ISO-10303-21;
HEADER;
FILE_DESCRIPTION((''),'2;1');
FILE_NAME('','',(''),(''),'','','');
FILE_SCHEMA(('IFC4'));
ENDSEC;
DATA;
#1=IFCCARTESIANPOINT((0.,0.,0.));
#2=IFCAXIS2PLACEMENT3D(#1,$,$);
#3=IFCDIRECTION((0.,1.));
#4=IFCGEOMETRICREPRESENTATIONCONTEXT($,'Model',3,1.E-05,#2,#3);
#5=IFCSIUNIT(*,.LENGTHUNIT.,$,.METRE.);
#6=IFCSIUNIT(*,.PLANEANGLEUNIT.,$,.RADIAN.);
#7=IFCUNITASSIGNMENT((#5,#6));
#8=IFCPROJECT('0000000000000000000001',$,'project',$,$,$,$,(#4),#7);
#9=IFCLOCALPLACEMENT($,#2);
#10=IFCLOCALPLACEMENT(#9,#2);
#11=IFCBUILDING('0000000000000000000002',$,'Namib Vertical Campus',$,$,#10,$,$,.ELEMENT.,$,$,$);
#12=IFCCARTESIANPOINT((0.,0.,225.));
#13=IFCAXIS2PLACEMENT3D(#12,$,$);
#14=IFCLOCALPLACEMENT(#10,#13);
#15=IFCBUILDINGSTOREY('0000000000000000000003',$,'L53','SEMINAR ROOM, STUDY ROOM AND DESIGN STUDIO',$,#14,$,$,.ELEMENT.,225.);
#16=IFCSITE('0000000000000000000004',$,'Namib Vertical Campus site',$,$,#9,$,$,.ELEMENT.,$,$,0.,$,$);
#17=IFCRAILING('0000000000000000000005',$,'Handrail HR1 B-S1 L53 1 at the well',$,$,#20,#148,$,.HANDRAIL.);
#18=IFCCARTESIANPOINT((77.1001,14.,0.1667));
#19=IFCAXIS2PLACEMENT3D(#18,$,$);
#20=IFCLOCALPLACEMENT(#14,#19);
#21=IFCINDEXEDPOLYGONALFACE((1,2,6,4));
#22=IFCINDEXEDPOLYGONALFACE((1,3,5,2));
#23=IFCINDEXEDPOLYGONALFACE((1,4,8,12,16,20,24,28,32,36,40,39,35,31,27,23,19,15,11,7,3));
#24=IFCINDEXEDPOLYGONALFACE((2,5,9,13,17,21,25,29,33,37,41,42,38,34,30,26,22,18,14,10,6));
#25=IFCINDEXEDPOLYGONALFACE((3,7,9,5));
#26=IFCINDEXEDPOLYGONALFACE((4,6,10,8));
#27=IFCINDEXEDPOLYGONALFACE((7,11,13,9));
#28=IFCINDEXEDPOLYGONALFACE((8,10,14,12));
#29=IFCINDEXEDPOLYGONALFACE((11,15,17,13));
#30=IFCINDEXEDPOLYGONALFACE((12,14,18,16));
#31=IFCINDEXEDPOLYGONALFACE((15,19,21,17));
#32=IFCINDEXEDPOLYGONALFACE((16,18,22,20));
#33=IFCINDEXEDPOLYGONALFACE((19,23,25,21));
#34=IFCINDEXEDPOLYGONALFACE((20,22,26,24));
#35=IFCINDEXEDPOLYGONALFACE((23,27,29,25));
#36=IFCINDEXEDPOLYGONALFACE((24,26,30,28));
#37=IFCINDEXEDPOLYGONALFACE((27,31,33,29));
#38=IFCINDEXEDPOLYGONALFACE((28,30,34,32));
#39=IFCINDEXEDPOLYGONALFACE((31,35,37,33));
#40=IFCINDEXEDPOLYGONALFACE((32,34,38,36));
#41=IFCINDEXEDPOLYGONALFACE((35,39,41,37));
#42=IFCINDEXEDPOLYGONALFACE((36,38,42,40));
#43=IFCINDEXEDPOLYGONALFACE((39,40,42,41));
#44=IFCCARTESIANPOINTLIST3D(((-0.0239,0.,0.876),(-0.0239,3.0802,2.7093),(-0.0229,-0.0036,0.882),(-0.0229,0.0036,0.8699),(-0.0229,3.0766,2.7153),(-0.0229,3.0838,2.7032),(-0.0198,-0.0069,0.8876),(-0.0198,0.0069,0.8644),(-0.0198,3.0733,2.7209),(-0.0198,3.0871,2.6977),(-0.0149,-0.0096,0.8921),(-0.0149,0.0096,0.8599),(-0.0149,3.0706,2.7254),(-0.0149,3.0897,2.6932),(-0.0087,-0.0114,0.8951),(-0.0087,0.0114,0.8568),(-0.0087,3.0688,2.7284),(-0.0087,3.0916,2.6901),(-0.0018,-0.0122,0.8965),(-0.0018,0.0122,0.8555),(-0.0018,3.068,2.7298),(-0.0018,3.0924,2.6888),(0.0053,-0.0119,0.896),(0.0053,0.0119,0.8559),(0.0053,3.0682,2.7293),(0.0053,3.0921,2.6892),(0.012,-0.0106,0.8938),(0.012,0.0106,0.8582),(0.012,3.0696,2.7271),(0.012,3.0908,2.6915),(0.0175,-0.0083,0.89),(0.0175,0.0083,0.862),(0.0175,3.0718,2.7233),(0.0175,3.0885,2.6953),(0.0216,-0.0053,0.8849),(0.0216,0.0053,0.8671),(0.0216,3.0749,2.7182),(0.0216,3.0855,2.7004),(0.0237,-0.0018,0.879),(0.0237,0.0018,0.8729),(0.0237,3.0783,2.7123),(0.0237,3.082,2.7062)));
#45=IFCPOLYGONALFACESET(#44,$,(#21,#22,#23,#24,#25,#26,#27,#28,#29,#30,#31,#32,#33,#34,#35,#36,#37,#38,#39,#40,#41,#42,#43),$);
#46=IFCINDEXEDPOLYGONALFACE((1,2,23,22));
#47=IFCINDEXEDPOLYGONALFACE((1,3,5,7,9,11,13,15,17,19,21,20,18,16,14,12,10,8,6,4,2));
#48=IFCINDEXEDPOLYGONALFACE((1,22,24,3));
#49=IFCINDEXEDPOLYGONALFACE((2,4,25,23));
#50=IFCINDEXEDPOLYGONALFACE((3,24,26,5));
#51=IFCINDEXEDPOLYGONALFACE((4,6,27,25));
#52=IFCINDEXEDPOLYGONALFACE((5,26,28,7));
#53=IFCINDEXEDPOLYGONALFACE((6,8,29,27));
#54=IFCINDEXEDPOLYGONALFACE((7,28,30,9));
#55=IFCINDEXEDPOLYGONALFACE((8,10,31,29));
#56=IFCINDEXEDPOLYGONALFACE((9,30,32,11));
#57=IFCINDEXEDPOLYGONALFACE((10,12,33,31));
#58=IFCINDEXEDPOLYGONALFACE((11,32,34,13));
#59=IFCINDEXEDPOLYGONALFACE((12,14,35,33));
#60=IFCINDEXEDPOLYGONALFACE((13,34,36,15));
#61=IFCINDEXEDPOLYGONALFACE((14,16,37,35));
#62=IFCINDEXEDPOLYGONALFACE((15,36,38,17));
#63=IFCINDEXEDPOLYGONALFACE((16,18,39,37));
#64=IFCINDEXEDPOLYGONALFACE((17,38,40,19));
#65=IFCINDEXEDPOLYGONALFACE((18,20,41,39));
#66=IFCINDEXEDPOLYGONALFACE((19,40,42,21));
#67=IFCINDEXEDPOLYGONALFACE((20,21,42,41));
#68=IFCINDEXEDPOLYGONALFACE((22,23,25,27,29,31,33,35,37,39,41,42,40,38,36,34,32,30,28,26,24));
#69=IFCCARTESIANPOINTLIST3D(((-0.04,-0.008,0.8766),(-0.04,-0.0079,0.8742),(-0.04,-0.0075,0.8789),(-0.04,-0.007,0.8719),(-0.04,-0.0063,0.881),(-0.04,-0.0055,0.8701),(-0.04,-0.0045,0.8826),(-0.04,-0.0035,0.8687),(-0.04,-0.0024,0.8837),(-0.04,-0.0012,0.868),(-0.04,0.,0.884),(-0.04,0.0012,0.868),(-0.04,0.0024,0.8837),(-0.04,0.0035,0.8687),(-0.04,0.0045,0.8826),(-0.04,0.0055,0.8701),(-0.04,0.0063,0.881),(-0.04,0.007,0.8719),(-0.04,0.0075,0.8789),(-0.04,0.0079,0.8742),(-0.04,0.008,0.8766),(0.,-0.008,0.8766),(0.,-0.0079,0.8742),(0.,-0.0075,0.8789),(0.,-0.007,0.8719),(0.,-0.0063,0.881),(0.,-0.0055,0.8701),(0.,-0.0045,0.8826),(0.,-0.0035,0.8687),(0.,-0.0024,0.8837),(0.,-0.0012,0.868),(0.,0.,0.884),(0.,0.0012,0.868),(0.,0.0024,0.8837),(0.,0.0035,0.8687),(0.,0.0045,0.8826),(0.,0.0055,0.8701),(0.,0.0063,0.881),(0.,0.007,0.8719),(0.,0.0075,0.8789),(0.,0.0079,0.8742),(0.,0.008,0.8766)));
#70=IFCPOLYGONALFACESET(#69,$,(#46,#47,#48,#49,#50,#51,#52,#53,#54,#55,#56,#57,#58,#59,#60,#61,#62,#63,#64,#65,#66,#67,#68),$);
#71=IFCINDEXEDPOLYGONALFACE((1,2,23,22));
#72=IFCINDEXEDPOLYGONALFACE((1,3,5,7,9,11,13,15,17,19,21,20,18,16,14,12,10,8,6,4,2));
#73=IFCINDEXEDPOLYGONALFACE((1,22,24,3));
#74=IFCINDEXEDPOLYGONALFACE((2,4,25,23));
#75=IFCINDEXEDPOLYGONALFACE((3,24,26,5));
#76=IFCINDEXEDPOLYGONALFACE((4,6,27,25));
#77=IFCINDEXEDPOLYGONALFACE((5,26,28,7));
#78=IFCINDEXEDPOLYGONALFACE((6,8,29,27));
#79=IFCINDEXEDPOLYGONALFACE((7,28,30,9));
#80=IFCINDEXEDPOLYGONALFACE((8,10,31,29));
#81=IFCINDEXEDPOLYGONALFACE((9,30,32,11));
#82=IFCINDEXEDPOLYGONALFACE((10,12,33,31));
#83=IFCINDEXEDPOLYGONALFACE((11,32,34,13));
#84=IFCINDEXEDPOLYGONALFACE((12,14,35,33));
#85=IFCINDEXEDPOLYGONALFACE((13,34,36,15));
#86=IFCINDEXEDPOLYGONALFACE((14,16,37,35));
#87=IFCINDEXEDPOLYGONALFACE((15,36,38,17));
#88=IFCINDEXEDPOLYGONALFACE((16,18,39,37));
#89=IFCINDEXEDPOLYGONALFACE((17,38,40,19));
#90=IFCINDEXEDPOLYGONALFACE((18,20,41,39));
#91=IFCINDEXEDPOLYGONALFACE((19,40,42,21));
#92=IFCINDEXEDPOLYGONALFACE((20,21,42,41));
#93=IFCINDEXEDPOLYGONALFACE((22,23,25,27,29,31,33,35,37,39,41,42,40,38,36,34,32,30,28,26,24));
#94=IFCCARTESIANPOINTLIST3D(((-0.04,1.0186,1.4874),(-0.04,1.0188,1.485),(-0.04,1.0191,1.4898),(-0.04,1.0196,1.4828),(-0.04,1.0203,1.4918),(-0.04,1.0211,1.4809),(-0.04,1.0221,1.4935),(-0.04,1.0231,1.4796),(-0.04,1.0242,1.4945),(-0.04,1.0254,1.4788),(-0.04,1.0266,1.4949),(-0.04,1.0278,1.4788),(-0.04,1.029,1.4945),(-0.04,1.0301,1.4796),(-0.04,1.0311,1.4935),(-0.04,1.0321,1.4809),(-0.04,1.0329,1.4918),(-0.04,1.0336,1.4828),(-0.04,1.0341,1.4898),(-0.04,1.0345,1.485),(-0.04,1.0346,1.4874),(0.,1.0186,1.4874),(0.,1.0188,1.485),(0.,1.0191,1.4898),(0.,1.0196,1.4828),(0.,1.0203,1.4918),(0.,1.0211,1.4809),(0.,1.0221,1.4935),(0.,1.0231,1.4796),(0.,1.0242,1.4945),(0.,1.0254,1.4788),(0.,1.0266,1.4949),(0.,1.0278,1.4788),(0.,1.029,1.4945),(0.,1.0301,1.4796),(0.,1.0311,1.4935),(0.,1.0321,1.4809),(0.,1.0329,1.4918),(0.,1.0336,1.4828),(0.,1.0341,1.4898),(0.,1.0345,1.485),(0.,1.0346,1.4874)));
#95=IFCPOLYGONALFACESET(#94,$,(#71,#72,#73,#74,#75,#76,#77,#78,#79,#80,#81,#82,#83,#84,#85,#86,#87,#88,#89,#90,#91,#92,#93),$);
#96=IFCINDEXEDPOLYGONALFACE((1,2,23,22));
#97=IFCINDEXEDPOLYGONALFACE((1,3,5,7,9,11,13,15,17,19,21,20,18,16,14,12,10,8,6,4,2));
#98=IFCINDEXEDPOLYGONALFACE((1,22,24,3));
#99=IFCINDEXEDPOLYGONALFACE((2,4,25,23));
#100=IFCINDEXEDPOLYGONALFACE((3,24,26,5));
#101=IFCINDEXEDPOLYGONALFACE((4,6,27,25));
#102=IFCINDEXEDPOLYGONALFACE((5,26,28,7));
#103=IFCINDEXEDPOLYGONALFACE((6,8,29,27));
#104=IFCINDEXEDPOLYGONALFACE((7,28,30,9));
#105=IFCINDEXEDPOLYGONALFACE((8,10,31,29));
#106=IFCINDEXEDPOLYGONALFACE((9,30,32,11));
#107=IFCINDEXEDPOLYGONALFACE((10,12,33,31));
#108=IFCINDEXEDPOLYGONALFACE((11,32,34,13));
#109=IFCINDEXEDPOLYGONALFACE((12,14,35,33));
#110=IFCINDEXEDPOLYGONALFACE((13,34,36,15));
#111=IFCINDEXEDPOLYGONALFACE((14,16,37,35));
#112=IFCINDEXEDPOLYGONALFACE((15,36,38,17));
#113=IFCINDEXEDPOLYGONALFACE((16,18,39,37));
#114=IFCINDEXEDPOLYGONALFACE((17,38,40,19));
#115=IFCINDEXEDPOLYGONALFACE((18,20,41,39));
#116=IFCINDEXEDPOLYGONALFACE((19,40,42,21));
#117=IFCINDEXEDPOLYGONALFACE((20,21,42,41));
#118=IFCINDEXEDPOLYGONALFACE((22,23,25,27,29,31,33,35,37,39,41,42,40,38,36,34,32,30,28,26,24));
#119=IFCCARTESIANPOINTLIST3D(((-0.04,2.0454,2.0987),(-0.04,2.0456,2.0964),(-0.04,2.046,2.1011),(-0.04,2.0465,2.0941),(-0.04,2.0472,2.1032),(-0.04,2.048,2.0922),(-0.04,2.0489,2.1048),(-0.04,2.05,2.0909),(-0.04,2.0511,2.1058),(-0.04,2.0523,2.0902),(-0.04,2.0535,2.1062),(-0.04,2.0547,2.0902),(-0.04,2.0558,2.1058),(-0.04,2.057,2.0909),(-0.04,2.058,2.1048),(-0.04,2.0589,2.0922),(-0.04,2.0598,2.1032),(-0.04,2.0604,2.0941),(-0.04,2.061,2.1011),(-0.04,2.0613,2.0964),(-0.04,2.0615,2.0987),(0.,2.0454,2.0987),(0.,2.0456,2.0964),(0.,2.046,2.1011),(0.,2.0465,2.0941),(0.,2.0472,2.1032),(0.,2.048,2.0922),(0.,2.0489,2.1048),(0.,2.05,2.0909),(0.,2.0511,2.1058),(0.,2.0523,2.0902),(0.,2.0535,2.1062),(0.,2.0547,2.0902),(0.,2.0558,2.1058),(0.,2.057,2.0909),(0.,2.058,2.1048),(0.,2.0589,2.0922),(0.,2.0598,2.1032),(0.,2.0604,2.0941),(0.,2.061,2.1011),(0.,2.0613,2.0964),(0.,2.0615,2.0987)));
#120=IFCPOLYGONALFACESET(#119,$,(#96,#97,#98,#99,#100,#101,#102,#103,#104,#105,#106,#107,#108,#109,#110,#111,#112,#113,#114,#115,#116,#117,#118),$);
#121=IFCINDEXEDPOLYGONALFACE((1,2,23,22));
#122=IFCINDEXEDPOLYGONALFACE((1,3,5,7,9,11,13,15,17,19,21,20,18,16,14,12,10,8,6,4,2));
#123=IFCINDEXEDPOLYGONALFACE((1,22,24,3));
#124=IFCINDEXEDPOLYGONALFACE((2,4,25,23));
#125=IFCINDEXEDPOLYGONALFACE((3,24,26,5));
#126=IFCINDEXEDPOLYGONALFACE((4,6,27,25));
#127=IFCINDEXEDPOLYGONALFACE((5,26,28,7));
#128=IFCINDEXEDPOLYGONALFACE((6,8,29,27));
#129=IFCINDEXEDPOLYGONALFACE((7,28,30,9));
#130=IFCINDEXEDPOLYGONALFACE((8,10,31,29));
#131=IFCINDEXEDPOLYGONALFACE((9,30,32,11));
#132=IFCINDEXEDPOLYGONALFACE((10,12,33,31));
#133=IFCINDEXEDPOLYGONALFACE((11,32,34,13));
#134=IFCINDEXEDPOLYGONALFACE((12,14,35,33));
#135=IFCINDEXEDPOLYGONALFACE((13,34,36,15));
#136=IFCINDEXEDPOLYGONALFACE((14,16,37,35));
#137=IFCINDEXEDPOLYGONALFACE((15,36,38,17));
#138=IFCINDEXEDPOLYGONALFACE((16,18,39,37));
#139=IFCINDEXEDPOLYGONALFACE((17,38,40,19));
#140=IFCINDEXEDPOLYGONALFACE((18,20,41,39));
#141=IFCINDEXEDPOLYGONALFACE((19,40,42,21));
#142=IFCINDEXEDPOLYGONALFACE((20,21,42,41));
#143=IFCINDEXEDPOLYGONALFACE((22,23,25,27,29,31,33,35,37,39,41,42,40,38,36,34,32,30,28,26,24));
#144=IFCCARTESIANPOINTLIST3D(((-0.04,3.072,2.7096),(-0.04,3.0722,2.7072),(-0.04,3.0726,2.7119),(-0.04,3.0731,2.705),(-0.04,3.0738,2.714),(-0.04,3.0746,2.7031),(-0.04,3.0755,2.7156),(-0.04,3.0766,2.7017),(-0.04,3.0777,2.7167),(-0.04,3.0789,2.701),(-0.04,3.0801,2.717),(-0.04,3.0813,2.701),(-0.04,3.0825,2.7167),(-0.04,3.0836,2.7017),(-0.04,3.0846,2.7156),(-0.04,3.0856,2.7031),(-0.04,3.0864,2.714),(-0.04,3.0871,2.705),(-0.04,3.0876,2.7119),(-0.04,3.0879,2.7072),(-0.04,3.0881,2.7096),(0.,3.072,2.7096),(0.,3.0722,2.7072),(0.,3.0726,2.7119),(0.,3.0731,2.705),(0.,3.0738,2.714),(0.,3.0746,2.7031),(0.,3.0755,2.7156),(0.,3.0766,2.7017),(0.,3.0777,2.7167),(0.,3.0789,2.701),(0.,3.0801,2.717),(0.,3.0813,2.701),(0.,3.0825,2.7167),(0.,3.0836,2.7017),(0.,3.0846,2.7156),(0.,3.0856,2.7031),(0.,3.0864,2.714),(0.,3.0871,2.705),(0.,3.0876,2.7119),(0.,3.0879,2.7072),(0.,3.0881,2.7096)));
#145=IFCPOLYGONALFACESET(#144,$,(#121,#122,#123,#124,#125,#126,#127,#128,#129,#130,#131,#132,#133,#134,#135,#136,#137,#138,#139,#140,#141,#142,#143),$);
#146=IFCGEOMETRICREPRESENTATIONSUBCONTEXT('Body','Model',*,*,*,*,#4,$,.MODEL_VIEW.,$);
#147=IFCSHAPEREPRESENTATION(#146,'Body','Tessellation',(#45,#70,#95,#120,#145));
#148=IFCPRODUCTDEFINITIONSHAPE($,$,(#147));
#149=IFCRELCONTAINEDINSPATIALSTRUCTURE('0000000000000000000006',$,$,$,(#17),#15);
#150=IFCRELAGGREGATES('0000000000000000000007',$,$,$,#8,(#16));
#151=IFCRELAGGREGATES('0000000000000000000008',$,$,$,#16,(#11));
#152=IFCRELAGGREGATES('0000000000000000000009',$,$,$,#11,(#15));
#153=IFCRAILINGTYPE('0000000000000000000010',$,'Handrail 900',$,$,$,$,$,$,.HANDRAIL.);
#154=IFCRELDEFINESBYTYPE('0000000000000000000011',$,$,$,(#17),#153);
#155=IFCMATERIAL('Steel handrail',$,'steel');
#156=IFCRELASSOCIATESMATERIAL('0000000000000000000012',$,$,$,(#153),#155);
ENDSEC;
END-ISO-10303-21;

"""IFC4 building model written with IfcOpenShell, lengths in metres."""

from ifc_helpers import new_model, si_unit, direction, frame, origin, origin_2d, place, context, subcontext, project, spatial, circle, extrude, material, type_object, element, save


model = new_model("IFC4")

# Units and contexts
model_context = context("Model", 3, precision=1e-05, world=origin(), true_north=direction((0.0, 1.0)))
body_context = subcontext(model_context, "Body", "Model", "MODEL_VIEW")
ifc_project = project(units=[si_unit("LENGTHUNIT", "METRE"), si_unit("PLANEANGLEUNIT", "RADIAN")], contexts=[model_context])

# Site, building, storey
site_placement = place(None, origin())
site = spatial("IfcSite", under=ifc_project, at=site_placement, Name="Namib Vertical Campus site", CompositionType="ELEMENT", RefElevation=0.0)
building_placement = place(site_placement, origin())
building = spatial("IfcBuilding", under=site, at=building_placement, Name="Namib Vertical Campus", CompositionType="ELEMENT")
storey_placement = place(building_placement, frame((0.0, 0.0, 225.0)))
storey = spatial("IfcBuildingStorey", under=building, at=storey_placement, Name="L53", Description="SEMINAR ROOM, STUDY ROOM AND DESIGN STUDIO", CompositionType="ELEMENT", Elevation=225.0)

# Railing
ifc_material_1 = material(Name="Steel handrail", Category="steel")
railing_type_1 = type_object("IfcRailingType", Name="Handrail 900", PredefinedType="HANDRAIL", material=ifc_material_1)
railing_1_placement = place(storey_placement, frame((77.1001, 14.0, 0.1667)))
element("IfcRailing", 1, at=railing_1_placement, inside=storey, type_object=railing_type_1, Name="Handrail HR1 B-S1 L53 1 at the well", PredefinedType="HANDRAIL", context=body_context, shape_type="SweptSolid", body=[
    extrude(circle(Radius=0.0239, at=origin_2d()), frame((0.0, 0.0, 0.876), z_axis=(0.0, 0.859309, 0.511458), x_axis=(-1.0, 0.0, 0.0)), (0.0, 0.0, 1.0), 3.5845),
    extrude(circle(Radius=0.0081, at=origin_2d()), frame((0.0, 0.0, 0.876), z_axis=(-1.0, 0.0, 0.0), x_axis=(0.0, 0.0, 1.0)), (0.0, 0.0, 1.0), 0.04),
    extrude(circle(Radius=0.0081, at=origin_2d()), frame((0.0, 1.0266, 1.4868), z_axis=(-1.0, 0.0, 0.0), x_axis=(0.0, 0.0, 1.0)), (0.0, 0.0, 1.0), 0.04),
    extrude(circle(Radius=0.0081, at=origin_2d()), frame((0.0, 2.0535, 2.0981), z_axis=(-1.0, 0.0, 0.0), x_axis=(0.0, 0.0, 1.0)), (0.0, 0.0, 1.0), 0.04),
    extrude(circle(Radius=0.0081, at=origin_2d()), frame((0.0, 3.0801, 2.709), z_axis=(-1.0, 0.0, 0.0), x_axis=(0.0, 0.0, 1.0)), (0.0, 0.0, 1.0), 0.04),
])

save(model, "model.ifc")
